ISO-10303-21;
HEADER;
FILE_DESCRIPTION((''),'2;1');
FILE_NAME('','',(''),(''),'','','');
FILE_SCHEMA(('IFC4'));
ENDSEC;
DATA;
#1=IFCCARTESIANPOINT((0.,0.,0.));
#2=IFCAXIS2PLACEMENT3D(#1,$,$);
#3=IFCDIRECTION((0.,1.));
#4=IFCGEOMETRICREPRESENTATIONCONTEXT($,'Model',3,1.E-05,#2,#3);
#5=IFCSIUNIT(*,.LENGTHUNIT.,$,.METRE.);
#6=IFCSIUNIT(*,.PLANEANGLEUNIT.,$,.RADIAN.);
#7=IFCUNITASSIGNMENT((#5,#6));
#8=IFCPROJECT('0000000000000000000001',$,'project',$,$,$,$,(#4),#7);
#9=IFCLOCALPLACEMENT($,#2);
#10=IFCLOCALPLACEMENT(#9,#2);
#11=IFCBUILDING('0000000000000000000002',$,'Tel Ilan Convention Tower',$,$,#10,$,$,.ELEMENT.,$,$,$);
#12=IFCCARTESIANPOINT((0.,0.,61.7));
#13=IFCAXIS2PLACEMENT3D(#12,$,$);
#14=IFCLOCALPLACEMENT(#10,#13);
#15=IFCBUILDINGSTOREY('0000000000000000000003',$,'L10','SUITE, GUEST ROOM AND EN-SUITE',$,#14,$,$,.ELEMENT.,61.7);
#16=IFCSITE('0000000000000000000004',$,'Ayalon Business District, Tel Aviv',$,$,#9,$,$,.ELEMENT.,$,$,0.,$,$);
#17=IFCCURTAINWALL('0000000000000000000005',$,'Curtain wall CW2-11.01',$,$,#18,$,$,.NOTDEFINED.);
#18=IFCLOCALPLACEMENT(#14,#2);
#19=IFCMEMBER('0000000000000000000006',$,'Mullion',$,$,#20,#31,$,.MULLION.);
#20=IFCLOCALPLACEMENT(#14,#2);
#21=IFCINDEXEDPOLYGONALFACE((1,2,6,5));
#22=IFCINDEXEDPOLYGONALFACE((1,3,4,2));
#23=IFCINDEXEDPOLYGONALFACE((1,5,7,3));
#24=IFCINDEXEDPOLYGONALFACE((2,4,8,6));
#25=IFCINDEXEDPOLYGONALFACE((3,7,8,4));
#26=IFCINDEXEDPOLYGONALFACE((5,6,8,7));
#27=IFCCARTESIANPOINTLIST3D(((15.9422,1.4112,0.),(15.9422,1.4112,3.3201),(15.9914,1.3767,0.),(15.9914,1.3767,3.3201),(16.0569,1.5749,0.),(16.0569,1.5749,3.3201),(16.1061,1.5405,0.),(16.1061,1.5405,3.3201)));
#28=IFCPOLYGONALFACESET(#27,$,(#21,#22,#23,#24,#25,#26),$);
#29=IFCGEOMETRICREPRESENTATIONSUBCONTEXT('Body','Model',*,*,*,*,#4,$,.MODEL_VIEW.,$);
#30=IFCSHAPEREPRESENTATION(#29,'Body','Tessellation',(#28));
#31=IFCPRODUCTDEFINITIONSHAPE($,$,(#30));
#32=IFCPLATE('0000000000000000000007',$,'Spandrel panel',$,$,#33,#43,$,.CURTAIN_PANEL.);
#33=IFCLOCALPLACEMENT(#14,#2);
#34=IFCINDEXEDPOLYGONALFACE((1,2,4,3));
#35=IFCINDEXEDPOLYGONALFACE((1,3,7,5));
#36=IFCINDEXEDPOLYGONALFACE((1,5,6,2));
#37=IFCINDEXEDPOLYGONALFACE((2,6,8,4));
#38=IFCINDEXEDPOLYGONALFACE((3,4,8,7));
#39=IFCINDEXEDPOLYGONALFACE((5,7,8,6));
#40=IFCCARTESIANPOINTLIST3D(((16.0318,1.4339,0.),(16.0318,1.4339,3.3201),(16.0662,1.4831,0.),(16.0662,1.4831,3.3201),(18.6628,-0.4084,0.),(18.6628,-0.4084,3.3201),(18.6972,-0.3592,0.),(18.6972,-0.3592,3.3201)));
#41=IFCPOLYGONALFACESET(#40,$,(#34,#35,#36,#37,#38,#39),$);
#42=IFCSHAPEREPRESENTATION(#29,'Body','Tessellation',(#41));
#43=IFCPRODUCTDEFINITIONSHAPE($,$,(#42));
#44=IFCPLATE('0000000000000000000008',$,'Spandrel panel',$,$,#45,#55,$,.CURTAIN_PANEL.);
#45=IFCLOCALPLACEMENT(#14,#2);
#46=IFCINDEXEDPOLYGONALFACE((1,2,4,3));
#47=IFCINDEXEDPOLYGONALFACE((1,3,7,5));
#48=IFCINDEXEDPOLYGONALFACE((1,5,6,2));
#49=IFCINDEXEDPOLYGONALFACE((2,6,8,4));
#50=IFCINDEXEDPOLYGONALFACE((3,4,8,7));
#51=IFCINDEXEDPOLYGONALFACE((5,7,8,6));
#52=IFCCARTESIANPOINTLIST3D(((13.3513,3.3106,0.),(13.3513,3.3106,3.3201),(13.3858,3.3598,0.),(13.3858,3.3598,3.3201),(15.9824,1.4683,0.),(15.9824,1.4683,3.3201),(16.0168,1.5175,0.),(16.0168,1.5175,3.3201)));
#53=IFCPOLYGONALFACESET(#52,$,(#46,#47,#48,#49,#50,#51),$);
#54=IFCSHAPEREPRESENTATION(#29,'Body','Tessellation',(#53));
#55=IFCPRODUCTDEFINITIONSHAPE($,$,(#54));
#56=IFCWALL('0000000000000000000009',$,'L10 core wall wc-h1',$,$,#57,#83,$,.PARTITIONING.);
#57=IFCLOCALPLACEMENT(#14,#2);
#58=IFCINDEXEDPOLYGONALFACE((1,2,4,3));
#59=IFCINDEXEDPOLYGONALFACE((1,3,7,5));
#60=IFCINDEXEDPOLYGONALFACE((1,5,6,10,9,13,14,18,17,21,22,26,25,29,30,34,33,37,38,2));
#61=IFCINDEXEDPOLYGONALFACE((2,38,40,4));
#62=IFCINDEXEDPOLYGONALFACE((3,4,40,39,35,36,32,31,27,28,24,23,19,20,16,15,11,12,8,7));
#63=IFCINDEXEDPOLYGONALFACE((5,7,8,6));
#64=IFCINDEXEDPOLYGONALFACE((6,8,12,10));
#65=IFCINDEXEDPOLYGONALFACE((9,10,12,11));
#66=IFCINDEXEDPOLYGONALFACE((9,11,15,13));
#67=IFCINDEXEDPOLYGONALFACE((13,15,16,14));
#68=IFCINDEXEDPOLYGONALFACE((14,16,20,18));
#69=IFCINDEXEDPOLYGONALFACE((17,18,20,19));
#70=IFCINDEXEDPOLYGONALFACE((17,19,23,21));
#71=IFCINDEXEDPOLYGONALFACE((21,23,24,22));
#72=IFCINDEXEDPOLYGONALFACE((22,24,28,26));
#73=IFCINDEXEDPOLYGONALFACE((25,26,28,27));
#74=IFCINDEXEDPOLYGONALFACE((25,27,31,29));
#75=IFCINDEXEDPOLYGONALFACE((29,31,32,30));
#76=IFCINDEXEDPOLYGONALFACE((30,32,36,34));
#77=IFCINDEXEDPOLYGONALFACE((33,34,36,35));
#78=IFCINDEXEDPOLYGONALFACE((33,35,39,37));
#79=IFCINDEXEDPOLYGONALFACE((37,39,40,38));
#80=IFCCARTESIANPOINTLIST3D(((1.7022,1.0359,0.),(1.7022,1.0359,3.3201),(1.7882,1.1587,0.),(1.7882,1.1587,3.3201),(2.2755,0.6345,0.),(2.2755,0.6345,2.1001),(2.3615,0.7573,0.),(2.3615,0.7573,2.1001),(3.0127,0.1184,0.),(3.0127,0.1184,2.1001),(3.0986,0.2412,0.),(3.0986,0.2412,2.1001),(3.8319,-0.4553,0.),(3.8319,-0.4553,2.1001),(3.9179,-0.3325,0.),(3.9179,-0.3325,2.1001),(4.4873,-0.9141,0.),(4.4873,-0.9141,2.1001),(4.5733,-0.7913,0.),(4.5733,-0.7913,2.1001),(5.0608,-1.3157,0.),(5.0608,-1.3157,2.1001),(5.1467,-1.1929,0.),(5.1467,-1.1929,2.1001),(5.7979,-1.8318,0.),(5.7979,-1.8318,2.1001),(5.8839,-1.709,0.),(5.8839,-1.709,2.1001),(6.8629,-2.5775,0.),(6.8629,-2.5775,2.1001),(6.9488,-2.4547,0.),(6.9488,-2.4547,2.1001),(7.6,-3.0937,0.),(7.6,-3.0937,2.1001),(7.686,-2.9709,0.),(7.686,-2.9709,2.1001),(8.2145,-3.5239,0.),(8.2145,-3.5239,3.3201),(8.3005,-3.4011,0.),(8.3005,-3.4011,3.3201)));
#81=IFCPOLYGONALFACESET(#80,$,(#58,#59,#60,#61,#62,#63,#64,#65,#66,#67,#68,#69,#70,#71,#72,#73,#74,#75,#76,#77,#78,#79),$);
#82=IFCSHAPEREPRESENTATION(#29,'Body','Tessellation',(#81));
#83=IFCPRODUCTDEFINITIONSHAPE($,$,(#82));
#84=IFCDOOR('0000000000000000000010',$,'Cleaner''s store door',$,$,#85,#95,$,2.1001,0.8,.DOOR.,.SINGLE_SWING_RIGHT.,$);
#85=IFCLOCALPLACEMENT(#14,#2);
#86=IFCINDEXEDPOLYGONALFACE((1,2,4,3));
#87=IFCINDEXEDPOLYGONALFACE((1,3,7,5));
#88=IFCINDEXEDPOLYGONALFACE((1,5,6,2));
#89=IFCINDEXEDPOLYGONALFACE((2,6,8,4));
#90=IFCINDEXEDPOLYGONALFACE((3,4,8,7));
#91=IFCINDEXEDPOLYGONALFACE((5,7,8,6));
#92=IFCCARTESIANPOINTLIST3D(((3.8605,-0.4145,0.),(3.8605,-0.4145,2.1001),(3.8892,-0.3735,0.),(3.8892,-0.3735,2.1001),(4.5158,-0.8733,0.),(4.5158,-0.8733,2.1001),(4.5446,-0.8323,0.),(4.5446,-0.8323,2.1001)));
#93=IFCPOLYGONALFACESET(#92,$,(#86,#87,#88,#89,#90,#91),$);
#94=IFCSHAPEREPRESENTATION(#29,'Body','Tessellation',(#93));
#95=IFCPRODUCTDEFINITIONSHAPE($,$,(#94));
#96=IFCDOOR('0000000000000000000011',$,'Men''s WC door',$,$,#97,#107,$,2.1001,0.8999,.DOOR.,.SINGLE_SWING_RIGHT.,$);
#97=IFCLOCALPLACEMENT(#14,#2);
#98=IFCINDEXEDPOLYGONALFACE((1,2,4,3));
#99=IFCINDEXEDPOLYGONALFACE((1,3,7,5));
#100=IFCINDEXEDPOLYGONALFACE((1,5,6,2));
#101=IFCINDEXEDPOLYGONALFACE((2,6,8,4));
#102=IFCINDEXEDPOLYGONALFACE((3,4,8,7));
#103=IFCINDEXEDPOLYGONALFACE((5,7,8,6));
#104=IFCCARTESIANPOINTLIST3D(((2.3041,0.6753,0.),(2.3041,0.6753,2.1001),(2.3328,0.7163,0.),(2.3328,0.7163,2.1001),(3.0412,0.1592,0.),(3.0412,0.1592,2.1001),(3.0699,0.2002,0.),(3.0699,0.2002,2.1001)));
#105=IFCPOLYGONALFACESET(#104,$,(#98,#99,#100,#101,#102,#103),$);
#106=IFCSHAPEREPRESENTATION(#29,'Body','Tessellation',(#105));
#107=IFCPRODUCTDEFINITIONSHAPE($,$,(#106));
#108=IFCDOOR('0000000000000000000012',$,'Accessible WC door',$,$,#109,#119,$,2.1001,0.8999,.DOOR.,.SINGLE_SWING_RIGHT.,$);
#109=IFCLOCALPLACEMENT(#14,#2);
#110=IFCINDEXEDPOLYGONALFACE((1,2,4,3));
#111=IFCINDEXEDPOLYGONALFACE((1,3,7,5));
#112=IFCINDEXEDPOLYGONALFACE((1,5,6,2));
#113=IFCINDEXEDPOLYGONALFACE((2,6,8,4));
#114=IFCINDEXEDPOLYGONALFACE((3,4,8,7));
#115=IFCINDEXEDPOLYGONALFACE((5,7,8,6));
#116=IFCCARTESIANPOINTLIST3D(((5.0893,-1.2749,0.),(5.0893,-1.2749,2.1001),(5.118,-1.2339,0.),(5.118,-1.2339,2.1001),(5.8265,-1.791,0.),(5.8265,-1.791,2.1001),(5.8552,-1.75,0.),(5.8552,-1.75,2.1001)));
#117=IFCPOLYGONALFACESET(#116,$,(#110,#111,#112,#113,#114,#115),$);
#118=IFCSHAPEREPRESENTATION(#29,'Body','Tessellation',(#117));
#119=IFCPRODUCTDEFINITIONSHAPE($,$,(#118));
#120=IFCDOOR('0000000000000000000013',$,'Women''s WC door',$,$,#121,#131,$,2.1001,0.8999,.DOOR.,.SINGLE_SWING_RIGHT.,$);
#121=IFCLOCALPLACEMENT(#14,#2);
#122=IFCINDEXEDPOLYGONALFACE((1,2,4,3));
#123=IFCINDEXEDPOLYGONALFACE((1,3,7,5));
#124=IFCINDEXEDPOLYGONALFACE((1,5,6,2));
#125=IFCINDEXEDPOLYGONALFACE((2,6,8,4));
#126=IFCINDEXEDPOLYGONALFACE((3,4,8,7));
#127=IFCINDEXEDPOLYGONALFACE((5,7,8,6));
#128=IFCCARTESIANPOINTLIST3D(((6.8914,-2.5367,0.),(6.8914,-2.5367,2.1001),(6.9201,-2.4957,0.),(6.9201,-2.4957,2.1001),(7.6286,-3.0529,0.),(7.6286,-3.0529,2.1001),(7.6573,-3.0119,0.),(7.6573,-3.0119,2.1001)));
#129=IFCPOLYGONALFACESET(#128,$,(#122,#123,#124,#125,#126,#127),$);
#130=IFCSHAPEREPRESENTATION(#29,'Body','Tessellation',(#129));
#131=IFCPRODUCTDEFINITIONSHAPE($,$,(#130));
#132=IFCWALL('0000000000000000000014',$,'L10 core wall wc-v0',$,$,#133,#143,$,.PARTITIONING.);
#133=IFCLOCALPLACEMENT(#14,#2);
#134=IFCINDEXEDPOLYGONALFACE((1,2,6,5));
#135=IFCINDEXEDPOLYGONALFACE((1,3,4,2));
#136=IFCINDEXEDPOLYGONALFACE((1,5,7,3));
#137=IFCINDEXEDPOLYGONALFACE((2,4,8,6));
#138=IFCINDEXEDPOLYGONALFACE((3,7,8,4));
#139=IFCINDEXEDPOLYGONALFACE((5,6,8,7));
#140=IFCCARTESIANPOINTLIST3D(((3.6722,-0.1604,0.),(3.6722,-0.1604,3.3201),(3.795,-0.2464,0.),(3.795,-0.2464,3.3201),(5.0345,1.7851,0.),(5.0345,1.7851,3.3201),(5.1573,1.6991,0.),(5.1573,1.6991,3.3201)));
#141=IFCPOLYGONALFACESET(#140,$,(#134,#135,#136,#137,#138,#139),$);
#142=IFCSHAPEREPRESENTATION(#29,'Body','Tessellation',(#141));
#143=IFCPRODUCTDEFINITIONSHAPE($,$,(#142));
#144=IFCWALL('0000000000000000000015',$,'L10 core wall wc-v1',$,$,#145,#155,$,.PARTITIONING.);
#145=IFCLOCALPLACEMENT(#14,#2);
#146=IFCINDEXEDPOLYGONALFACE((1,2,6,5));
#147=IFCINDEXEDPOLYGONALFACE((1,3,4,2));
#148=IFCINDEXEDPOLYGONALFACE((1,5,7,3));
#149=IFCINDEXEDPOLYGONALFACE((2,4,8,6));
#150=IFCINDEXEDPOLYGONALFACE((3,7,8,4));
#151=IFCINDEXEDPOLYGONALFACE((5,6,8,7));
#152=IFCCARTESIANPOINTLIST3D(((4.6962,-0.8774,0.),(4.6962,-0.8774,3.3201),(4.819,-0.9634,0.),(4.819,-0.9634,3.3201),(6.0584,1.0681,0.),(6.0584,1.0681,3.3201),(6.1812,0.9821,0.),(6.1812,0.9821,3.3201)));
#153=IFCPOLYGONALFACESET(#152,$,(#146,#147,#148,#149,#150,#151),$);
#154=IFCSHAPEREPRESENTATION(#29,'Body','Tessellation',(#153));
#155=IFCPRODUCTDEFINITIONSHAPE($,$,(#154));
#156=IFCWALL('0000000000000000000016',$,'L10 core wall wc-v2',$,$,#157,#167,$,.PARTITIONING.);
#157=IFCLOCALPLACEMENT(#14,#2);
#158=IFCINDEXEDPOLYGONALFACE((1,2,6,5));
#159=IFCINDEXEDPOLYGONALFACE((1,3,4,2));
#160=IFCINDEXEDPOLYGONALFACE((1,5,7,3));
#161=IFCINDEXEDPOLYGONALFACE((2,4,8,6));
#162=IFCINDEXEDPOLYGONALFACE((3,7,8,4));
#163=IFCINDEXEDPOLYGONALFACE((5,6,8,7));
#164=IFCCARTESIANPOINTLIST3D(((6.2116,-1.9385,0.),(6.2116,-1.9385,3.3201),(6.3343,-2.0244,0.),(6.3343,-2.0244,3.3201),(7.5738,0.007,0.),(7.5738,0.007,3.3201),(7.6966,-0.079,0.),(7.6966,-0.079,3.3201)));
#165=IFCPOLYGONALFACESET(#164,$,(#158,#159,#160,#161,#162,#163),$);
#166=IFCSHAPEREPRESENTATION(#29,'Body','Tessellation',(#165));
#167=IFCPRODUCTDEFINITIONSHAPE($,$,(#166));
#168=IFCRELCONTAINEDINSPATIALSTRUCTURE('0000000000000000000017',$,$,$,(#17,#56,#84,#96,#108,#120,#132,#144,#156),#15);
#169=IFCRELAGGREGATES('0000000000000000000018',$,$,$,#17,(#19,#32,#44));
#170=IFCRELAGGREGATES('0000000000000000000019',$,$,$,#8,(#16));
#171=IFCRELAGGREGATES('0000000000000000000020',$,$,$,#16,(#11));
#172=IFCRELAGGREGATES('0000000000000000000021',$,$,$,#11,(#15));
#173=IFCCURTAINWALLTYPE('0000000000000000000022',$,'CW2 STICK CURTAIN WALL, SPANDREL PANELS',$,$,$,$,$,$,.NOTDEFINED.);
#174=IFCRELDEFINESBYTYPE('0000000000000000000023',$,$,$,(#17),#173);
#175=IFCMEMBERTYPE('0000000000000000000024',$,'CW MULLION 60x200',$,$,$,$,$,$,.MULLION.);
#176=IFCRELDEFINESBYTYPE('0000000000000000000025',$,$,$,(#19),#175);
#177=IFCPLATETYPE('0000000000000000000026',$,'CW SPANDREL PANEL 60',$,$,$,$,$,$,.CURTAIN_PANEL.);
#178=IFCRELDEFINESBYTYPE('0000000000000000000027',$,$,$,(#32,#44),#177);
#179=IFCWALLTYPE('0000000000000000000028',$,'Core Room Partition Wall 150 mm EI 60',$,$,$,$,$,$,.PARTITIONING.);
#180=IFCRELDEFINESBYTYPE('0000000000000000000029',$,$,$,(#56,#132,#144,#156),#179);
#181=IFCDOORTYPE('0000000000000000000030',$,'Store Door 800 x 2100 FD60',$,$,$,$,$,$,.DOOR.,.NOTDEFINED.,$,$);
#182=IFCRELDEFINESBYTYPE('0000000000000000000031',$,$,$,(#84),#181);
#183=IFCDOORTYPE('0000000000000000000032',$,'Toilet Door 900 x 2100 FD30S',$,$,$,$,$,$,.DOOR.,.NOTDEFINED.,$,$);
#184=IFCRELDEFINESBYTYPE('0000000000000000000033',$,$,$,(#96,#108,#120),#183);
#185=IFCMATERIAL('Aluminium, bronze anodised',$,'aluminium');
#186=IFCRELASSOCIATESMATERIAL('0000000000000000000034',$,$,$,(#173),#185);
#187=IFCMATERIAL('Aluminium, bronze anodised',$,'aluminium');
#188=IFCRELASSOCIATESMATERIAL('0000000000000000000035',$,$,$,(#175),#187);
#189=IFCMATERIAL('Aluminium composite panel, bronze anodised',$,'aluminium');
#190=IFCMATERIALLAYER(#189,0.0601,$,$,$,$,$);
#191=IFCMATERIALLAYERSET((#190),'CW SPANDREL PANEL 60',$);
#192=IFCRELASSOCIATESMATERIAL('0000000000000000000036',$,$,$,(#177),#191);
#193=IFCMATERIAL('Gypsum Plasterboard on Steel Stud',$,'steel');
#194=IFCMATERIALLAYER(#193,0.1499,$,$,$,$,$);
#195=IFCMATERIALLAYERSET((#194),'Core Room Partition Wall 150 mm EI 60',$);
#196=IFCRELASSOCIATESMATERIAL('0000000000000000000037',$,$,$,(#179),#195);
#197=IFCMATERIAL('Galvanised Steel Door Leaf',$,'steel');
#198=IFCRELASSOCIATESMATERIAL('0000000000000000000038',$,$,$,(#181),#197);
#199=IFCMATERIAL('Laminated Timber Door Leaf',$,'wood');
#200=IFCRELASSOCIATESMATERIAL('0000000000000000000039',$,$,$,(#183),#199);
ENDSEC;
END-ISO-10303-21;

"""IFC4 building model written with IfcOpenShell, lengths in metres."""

from ifc_helpers import new_model, si_unit, direction, frame, frame_2d, origin, origin_2d, place, context, subcontext, project, spatial, rectangle, extrude, material, layer, layer_set, material_profile, profile_set, type_object, element, fill, aggregate, save


model = new_model("IFC4")

# Units and contexts
model_context = context("Model", 3, precision=1e-05, world=origin(), true_north=direction((0.0, 1.0)))
body_context = subcontext(model_context, "Body", "Model", "MODEL_VIEW")
ifc_project = project(units=[si_unit("LENGTHUNIT", "METRE"), si_unit("PLANEANGLEUNIT", "RADIAN")], contexts=[model_context])

# Site, building, storey
site_placement = place(None, origin())
site = spatial("IfcSite", under=ifc_project, at=site_placement, Name="Ayalon Business District, Tel Aviv", CompositionType="ELEMENT", RefElevation=0.0)
building_placement = place(site_placement, origin())
building = spatial("IfcBuilding", under=site, at=building_placement, Name="Tel Ilan Convention Tower", CompositionType="ELEMENT")
storey_placement = place(building_placement, frame((0.0, 0.0, 61.7)))
storey = spatial("IfcBuildingStorey", under=building, at=storey_placement, Name="L10", Description="SUITE, GUEST ROOM AND EN-SUITE", CompositionType="ELEMENT", Elevation=61.7)

# Curtain wall, member, plates
ifc_material_1 = material(Name="Aluminium, bronze anodised", Category="aluminium")
curtain_wall_type = type_object("IfcCurtainWallType", Name="CW2 STICK CURTAIN WALL, SPANDREL PANELS", PredefinedType="NOTDEFINED", material=ifc_material_1)
curtain_wall_placement = place(storey_placement, origin())
curtain_wall = element("IfcCurtainWall", 1, at=curtain_wall_placement, inside=storey, type_object=curtain_wall_type, Name="Curtain wall CW2-11.01", PredefinedType="NOTDEFINED")
ifc_material_2 = material(Name="Aluminium, bronze anodised", Category="aluminium")
ifc_material_profile = material_profile(ifc_material_2, rectangle(XDim=0.0601, YDim=0.2, at=origin_2d()), Name="CW MULLION 60x200")
ifc_profile_set = profile_set([ifc_material_profile], Name="Aluminium, bronze anodised")
member_type = type_object("IfcMemberType", Name="CW MULLION 60x200", PredefinedType="MULLION", material=ifc_profile_set)
member_placement = place(storey_placement, frame((16.0242, 1.4758, 0.0), z_axis=(0.0, 0.0, 1.0), x_axis=(-0.819152, 0.573576, 0.0)))
member = element("IfcMember", 2, at=member_placement, type_object=member_type, Name="Mullion", PredefinedType="MULLION", context=body_context, shape_type="SweptSolid", body=[
    extrude(rectangle(XDim=0.0601, YDim=0.2, at=origin_2d()), origin(), (0.0, 0.0, 1.0), 3.3201),
])
ifc_material_3 = material(Name="Aluminium composite panel, bronze anodised", Category="aluminium")
ifc_layer_1 = layer(ifc_material_3, 0.0601)
ifc_layer_set_1 = layer_set([ifc_layer_1], Name="CW SPANDREL PANEL 60")
plate_type = type_object("IfcPlateType", Name="CW SPANDREL PANEL 60", PredefinedType="CURTAIN_PANEL", material=ifc_layer_set_1)
plate_1_placement = place(storey_placement, frame((17.3645, 0.5374, 0.0), z_axis=(0.0, 0.0, 1.0), x_axis=(-0.819152, 0.573576, 0.0)))
plate_1 = element("IfcPlate", 3, at=plate_1_placement, type_object=plate_type, Name="Spandrel panel", PredefinedType="CURTAIN_PANEL", context=body_context, shape_type="SweptSolid", body=[
    extrude(rectangle(XDim=3.2119, YDim=0.0601, at=origin_2d()), origin(), (0.0, 0.0, 1.0), 3.3201),
])
plate_2_placement = place(storey_placement, frame((14.6841, 2.4141, 0.0), z_axis=(0.0, 0.0, 1.0), x_axis=(-0.819152, 0.573576, 0.0)))
plate_2 = element("IfcPlate", 4, at=plate_2_placement, type_object=plate_type, Name="Spandrel panel", PredefinedType="CURTAIN_PANEL", context=body_context, shape_type="SweptSolid", body=[
    extrude(rectangle(XDim=3.2119, YDim=0.0601, at=origin_2d()), origin(), (0.0, 0.0, 1.0), 3.3201),
])
aggregate(curtain_wall, [member, plate_1, plate_2])

# Wall, openings, doors
ifc_material_4 = material(Name="Gypsum Plasterboard on Steel Stud", Category="steel")
ifc_layer_2 = layer(ifc_material_4, 0.1499)
ifc_layer_set_2 = layer_set([ifc_layer_2], Name="Core Room Partition Wall 150 mm EI 60")
wall_type_1 = type_object("IfcWallType", Name="Core Room Partition Wall 150 mm EI 60", PredefinedType="PARTITIONING", material=ifc_layer_set_2)
wall_1_placement = place(storey_placement, frame((1.7451, 1.0974, 0.0), z_axis=(0.0, 0.0, 1.0), x_axis=(0.819157, -0.57357, 0.0)))
wall_1 = element("IfcWall", 5, at=wall_1_placement, inside=storey, type_object=wall_type_1, Name="L10 core wall wc-h1", PredefinedType="PARTITIONING", context=body_context, shape_type="SweptSolid", body=[
    extrude(rectangle(XDim=7.95, YDim=0.1499, at=frame_2d((3.9751, 0.0))), origin(), (0.0, 0.0, 1.0), 3.3201),
])
opening_1_placement = place(wall_1_placement, frame((0.7, 0.0, 0.0)))
opening_1 = element("IfcOpeningElement", 6, at=opening_1_placement, cuts=wall_1, PredefinedType="OPENING", context=body_context, shape_type="SweptSolid", body=[
    extrude(rectangle(XDim=0.8999, YDim=2.1001, at=frame_2d((0.45, 1.05))), frame((0.0, 0.085, 0.0), z_axis=(0.0, -1.0, 0.0), x_axis=(1.0, 0.0, 0.0)), (0.0, 0.0, 1.0), 0.1699),
])
opening_2_placement = place(wall_1_placement, frame((2.6001, 0.0, 0.0)))
opening_2 = element("IfcOpeningElement", 7, at=opening_2_placement, cuts=wall_1, PredefinedType="OPENING", context=body_context, shape_type="SweptSolid", body=[
    extrude(rectangle(XDim=0.8, YDim=2.1001, at=frame_2d((0.3999, 1.05))), frame((0.0, 0.085, 0.0), z_axis=(0.0, -1.0, 0.0), x_axis=(1.0, 0.0, 0.0)), (0.0, 0.0, 1.0), 0.1699),
])
opening_3_placement = place(wall_1_placement, frame((4.1001, 0.0, 0.0)))
opening_3 = element("IfcOpeningElement", 8, at=opening_3_placement, cuts=wall_1, PredefinedType="OPENING", context=body_context, shape_type="SweptSolid", body=[
    extrude(rectangle(XDim=0.8999, YDim=2.1001, at=frame_2d((0.45, 1.05))), frame((0.0, 0.085, 0.0), z_axis=(0.0, -1.0, 0.0), x_axis=(1.0, 0.0, 0.0)), (0.0, 0.0, 1.0), 0.1699),
])
opening_4_placement = place(wall_1_placement, frame((6.3, 0.0, 0.0)))
opening_4 = element("IfcOpeningElement", 9, at=opening_4_placement, cuts=wall_1, PredefinedType="OPENING", context=body_context, shape_type="SweptSolid", body=[
    extrude(rectangle(XDim=0.8999, YDim=2.1001, at=frame_2d((0.45, 1.05))), frame((0.0, 0.085, 0.0), z_axis=(0.0, -1.0, 0.0), x_axis=(1.0, 0.0, 0.0)), (0.0, 0.0, 1.0), 0.1699),
])
ifc_material_5 = material(Name="Galvanised Steel Door Leaf", Category="steel")
door_type_1 = type_object("IfcDoorType", Name="Store Door 800 x 2100 FD60", OperationType="NOTDEFINED", PredefinedType="DOOR", material=ifc_material_5)
door_1_placement = place(opening_2_placement, origin())
door_1 = element("IfcDoor", 10, at=door_1_placement, inside=storey, type_object=door_type_1, Name="Cleaner's store door", OperationType="SINGLE_SWING_RIGHT", OverallHeight=2.1001, OverallWidth=0.8, PredefinedType="DOOR", context=body_context, shape_type="SweptSolid", body=[
    extrude(rectangle(XDim=0.8, YDim=2.1001, at=frame_2d((0.3999, 1.05))), frame((0.0, 0.0249, 0.0), z_axis=(0.0, -1.0, 0.0), x_axis=(1.0, 0.0, 0.0)), (0.0, 0.0, 1.0), 0.05),
])
fill(opening_2, door_1)
ifc_material_6 = material(Name="Laminated Timber Door Leaf", Category="wood")
door_type_2 = type_object("IfcDoorType", Name="Toilet Door 900 x 2100 FD30S", OperationType="NOTDEFINED", PredefinedType="DOOR", material=ifc_material_6)
door_2_placement = place(opening_1_placement, origin())
door_2 = element("IfcDoor", 11, at=door_2_placement, inside=storey, type_object=door_type_2, Name="Men's WC door", OperationType="SINGLE_SWING_RIGHT", OverallHeight=2.1001, OverallWidth=0.8999, PredefinedType="DOOR", context=body_context, shape_type="SweptSolid", body=[
    extrude(rectangle(XDim=0.8999, YDim=2.1001, at=frame_2d((0.45, 1.05))), frame((0.0, 0.0249, 0.0), z_axis=(0.0, -1.0, 0.0), x_axis=(1.0, 0.0, 0.0)), (0.0, 0.0, 1.0), 0.05),
])
fill(opening_1, door_2)
door_3_placement = place(opening_3_placement, origin())
door_3 = element("IfcDoor", 12, at=door_3_placement, inside=storey, type_object=door_type_2, Name="Accessible WC door", OperationType="SINGLE_SWING_RIGHT", OverallHeight=2.1001, OverallWidth=0.8999, PredefinedType="DOOR", context=body_context, shape_type="SweptSolid", body=[
    extrude(rectangle(XDim=0.8999, YDim=2.1001, at=frame_2d((0.45, 1.05))), frame((0.0, 0.0249, 0.0), z_axis=(0.0, -1.0, 0.0), x_axis=(1.0, 0.0, 0.0)), (0.0, 0.0, 1.0), 0.05),
])
fill(opening_3, door_3)
door_4_placement = place(opening_4_placement, origin())
door_4 = element("IfcDoor", 13, at=door_4_placement, inside=storey, type_object=door_type_2, Name="Women's WC door", OperationType="SINGLE_SWING_RIGHT", OverallHeight=2.1001, OverallWidth=0.8999, PredefinedType="DOOR", context=body_context, shape_type="SweptSolid", body=[
    extrude(rectangle(XDim=0.8999, YDim=2.1001, at=frame_2d((0.45, 1.05))), frame((0.0, 0.0249, 0.0), z_axis=(0.0, -1.0, 0.0), x_axis=(1.0, 0.0, 0.0)), (0.0, 0.0, 1.0), 0.05),
])
fill(opening_4, door_4)

# Walls
for number, where, z_axis, x_axis, name in (
    (14, (3.7336, -0.2034, 0.0), (0.0, 0.0, 1.0), (0.57358, 0.81915, 0.0), "L10 core wall wc-v0"),
    (15, (4.7576, -0.9204, 0.0), (0.0, 0.0, 1.0), (0.57358, 0.81915, 0.0), "L10 core wall wc-v1"),
    (16, (6.2729, -1.9814, 0.0), (0.0, 0.0, 1.0), (0.57358, 0.81915, 0.0), "L10 core wall wc-v2"),
):
    element("IfcWall", number, at=place(storey_placement, frame(where, z_axis=z_axis, x_axis=x_axis)), inside=storey, type_object=wall_type_1, Name=name, PredefinedType="PARTITIONING", context=body_context, shape_type="SweptSolid", body=[
        extrude(rectangle(XDim=2.375, YDim=0.1499, at=frame_2d((1.1875, 0.0))), origin(), (0.0, 0.0, 1.0), 3.3201),
    ])

save(model, "model.ifc")
